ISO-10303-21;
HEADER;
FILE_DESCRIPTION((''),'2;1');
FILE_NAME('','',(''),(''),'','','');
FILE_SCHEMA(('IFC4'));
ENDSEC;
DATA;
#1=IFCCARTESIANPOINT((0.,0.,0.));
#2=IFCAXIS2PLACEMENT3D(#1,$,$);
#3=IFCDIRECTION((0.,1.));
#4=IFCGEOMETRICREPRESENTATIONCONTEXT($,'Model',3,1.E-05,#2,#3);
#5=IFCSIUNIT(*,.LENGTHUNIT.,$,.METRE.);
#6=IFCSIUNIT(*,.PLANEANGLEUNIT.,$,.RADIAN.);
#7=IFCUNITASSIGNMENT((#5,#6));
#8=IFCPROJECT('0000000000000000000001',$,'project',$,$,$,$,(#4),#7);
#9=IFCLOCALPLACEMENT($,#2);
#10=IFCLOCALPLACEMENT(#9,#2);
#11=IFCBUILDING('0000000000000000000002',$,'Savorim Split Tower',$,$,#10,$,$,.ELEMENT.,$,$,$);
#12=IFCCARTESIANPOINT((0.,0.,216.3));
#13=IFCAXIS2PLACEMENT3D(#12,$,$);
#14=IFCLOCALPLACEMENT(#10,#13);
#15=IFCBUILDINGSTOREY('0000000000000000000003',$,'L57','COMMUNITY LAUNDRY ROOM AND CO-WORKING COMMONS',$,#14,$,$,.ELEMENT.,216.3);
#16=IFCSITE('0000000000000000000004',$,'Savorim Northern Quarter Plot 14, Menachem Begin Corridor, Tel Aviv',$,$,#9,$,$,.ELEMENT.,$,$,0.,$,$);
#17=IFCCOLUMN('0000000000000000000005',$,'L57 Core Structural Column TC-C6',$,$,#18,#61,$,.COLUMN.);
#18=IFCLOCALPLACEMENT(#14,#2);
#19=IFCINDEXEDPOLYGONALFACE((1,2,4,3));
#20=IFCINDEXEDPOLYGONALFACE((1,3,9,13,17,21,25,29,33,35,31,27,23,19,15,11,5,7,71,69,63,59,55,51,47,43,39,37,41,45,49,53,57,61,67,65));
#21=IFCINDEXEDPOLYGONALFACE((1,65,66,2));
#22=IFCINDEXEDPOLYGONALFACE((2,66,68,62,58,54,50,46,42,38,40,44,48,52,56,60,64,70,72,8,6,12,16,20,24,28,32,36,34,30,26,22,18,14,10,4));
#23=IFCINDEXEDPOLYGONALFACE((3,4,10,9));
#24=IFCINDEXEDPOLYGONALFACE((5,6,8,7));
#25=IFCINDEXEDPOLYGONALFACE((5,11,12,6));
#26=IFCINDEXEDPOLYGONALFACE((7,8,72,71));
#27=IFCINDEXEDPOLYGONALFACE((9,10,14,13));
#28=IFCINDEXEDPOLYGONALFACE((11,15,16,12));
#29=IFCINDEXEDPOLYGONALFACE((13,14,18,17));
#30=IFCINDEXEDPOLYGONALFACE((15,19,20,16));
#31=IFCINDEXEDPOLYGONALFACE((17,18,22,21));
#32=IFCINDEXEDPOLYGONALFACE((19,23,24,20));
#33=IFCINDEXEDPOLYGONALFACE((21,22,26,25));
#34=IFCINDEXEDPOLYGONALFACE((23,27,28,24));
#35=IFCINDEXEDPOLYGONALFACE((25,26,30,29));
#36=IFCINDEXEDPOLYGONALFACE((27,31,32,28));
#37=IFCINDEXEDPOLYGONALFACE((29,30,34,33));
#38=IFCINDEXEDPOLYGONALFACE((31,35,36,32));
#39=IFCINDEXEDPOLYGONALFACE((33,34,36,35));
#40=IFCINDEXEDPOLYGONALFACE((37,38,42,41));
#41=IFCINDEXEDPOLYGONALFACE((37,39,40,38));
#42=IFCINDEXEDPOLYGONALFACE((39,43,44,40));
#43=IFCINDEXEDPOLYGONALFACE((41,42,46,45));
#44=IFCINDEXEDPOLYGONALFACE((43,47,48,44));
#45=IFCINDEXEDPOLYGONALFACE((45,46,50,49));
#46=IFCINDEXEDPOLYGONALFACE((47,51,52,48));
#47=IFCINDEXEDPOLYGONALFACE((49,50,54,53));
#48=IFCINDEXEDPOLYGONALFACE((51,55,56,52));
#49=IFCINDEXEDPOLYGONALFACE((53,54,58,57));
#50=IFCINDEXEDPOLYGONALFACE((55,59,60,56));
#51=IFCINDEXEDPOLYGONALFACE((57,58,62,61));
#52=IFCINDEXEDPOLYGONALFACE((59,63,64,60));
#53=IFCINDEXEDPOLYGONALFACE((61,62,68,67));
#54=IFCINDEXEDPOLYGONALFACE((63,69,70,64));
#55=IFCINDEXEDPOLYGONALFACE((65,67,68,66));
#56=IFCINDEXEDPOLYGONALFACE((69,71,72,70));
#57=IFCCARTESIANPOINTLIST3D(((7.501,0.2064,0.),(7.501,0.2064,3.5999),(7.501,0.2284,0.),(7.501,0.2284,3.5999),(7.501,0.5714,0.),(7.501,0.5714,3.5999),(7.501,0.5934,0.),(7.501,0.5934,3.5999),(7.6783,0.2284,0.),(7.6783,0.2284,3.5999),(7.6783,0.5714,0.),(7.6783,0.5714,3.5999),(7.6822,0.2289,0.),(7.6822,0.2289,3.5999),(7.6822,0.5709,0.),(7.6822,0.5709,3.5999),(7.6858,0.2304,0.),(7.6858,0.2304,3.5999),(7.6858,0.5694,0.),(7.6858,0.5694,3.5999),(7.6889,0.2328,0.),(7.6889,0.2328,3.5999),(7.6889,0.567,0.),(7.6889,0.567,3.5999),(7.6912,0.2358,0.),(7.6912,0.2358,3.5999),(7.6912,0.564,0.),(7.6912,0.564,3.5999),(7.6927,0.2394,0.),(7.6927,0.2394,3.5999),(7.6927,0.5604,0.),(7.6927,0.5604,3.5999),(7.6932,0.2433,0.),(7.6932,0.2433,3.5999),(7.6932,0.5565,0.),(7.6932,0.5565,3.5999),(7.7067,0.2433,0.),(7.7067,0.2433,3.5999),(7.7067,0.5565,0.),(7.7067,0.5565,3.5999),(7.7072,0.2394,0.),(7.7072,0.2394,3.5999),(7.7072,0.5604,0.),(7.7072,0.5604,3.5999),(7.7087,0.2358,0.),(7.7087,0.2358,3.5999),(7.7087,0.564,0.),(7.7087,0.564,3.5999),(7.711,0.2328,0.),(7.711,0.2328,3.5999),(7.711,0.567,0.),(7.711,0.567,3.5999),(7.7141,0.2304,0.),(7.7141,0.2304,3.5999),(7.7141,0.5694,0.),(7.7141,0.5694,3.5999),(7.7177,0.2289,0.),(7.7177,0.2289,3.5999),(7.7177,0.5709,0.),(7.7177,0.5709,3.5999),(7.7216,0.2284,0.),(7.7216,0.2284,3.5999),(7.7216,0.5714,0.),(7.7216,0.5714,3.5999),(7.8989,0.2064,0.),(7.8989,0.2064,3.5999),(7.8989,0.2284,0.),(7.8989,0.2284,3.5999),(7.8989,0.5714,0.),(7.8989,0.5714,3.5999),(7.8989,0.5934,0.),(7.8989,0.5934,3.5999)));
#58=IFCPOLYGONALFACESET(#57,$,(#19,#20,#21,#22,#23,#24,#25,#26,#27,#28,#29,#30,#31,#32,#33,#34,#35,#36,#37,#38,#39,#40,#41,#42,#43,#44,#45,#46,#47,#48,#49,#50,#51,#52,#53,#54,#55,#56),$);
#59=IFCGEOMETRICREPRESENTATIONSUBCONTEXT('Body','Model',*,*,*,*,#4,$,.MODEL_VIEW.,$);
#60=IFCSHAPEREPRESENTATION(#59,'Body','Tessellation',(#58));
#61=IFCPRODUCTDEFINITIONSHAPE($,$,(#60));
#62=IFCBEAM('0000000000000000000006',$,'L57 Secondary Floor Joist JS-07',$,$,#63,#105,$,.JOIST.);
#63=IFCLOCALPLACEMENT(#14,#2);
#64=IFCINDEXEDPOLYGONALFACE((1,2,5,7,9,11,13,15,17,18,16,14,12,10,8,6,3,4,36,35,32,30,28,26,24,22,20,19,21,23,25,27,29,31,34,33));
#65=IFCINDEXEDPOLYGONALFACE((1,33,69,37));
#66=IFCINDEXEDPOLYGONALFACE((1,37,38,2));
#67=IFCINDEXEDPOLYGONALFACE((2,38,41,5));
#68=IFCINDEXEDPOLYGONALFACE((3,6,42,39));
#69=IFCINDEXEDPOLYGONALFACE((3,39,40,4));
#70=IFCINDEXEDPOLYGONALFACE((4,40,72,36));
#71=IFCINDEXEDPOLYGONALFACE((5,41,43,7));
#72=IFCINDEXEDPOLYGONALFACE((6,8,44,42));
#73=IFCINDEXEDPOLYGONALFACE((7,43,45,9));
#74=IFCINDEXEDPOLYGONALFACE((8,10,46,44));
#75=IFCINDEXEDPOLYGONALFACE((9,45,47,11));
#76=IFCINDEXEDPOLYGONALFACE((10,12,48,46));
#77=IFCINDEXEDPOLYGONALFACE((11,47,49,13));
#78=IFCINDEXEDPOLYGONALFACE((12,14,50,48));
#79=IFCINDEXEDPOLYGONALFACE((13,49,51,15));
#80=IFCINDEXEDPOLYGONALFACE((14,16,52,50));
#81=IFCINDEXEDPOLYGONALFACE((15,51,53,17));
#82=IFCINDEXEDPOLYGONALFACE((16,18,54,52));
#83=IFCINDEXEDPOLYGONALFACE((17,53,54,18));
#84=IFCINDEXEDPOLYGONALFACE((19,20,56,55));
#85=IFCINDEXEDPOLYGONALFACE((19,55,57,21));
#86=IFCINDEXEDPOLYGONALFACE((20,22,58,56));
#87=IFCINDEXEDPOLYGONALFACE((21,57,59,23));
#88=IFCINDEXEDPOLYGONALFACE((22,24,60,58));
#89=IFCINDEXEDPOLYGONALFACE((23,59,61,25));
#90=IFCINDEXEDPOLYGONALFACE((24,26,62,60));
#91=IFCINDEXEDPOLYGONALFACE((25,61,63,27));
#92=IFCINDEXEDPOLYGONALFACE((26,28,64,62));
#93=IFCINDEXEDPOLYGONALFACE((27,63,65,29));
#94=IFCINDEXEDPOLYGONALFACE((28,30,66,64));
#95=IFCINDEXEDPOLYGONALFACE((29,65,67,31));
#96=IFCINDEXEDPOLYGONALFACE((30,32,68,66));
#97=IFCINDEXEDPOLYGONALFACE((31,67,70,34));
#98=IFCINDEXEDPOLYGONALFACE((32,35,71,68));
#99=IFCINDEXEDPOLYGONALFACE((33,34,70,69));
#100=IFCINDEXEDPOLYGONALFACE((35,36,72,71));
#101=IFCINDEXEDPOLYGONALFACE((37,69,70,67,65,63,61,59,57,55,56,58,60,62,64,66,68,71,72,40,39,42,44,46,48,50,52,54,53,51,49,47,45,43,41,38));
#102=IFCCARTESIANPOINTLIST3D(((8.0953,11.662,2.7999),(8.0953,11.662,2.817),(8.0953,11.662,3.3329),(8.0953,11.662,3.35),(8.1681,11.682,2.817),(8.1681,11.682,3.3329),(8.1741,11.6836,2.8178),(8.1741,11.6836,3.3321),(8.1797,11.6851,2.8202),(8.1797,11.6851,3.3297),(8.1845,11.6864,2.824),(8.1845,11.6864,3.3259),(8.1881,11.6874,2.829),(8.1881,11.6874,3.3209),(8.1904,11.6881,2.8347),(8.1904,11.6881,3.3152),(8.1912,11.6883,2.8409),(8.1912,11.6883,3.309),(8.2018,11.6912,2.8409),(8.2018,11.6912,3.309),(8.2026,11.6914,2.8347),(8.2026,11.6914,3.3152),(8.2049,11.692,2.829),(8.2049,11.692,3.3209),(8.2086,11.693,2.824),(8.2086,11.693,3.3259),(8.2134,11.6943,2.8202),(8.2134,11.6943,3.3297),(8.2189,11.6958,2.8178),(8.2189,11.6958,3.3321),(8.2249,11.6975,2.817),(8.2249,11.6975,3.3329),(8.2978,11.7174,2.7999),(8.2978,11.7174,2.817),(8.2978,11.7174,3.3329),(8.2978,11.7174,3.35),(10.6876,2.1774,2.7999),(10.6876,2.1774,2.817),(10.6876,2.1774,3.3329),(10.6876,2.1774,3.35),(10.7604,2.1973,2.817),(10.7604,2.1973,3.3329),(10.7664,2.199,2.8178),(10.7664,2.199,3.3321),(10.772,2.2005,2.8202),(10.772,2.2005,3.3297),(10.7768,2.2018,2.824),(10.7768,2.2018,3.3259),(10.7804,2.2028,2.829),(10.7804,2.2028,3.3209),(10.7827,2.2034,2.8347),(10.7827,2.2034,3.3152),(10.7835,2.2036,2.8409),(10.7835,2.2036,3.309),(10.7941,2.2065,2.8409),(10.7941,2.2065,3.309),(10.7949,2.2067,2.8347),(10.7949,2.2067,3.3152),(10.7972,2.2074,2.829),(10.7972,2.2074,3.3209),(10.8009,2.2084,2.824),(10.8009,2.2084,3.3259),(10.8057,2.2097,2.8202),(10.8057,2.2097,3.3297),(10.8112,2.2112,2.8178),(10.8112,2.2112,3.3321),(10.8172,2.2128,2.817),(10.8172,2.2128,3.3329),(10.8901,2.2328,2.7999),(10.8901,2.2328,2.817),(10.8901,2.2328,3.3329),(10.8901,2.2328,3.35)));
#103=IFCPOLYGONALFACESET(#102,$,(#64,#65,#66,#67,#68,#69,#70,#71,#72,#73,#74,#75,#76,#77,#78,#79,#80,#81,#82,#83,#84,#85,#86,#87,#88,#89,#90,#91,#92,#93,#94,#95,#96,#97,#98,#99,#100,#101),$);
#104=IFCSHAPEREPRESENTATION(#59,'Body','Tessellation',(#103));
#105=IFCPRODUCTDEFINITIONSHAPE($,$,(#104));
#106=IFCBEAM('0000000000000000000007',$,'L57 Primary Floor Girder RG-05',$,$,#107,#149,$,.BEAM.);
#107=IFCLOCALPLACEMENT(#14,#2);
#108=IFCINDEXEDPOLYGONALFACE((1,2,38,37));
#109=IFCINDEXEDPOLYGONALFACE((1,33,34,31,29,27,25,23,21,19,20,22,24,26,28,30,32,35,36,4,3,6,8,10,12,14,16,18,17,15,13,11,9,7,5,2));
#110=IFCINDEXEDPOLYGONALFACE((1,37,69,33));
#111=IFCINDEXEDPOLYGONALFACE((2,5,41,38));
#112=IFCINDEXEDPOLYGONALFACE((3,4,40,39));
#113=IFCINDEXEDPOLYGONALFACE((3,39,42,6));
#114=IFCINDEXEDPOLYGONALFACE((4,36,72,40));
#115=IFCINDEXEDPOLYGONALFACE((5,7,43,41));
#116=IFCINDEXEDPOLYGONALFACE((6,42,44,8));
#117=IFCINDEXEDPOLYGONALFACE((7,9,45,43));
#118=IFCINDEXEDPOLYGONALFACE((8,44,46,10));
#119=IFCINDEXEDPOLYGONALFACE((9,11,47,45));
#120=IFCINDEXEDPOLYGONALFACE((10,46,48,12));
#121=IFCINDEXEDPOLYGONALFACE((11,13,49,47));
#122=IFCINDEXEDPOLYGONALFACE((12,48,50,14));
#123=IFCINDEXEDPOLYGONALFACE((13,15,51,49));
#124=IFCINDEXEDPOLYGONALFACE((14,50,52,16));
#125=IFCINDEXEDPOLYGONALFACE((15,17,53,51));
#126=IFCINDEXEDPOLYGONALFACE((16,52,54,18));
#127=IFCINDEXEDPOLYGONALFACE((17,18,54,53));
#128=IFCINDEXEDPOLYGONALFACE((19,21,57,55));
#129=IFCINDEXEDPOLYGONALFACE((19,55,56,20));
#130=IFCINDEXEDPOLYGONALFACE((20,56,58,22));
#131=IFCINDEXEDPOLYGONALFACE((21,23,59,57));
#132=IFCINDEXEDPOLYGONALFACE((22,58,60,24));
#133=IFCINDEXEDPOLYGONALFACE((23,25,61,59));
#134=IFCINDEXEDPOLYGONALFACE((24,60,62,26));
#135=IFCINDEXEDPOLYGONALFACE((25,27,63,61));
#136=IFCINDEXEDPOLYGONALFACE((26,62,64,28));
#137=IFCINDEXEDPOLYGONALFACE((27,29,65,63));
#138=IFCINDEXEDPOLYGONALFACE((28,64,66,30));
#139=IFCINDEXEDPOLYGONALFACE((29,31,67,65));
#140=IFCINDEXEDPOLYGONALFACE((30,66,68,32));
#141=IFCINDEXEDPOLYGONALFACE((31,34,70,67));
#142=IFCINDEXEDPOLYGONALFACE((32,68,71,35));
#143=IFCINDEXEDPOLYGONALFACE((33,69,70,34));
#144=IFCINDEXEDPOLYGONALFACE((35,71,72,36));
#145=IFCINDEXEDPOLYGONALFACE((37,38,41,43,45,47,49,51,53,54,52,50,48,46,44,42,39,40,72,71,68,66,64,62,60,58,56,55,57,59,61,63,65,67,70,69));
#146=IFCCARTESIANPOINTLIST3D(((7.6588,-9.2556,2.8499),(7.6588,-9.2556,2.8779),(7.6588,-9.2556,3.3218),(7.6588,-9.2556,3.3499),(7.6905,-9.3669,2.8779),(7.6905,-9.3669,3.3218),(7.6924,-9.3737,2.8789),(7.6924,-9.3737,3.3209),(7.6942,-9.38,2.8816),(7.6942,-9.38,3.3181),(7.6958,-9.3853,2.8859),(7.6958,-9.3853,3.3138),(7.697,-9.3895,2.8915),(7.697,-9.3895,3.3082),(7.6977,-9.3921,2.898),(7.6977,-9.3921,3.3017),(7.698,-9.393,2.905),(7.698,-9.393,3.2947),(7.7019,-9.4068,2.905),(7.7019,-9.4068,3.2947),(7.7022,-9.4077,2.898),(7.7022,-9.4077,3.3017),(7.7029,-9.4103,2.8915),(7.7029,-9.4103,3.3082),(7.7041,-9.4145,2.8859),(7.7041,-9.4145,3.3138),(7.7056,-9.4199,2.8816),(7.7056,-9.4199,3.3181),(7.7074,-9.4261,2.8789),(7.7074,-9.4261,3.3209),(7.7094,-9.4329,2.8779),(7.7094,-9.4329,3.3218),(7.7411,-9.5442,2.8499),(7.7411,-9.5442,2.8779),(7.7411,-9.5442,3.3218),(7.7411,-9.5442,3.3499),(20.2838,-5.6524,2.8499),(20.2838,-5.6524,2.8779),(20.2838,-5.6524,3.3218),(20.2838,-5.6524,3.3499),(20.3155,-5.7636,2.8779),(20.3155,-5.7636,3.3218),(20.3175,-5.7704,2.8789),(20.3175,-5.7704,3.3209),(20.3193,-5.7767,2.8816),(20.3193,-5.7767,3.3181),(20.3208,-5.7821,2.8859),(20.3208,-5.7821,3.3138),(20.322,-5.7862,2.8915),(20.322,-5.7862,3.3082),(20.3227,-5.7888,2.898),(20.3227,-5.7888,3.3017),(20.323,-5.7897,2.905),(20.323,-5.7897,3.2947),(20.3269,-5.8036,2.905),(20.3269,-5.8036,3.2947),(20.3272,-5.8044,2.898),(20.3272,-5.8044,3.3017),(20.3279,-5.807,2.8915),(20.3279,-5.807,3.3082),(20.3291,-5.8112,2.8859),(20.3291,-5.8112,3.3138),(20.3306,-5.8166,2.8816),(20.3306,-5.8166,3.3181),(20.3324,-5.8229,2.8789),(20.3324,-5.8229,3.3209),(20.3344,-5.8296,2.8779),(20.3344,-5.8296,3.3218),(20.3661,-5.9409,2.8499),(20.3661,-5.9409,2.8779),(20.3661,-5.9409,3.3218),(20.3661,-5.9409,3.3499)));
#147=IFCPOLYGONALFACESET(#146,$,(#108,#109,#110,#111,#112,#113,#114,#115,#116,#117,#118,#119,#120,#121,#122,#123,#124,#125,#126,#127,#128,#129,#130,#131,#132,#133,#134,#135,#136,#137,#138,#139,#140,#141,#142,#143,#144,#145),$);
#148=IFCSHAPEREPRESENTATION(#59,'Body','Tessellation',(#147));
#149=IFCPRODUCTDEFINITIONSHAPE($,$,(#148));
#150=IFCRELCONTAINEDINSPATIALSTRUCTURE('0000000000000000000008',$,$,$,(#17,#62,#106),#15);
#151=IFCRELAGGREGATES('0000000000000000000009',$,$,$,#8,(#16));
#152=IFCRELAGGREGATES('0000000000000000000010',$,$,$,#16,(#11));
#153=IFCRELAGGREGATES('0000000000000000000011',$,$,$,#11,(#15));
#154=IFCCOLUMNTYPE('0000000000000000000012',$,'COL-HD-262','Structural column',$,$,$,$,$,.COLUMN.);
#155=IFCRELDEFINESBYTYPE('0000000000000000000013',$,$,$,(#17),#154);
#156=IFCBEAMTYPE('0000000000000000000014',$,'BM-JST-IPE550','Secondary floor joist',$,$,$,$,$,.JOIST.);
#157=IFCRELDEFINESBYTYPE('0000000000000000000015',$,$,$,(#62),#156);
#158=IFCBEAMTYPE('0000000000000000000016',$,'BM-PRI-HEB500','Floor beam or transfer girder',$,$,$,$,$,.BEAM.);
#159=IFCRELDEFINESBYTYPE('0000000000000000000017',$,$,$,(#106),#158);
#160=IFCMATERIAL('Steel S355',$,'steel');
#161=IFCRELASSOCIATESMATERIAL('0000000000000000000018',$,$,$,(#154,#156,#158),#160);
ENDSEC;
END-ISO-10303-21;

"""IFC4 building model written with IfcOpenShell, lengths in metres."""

from ifc_helpers import new_model, si_unit, direction, frame, origin, origin_2d, place, context, subcontext, project, spatial, i_section, extrude, material, material_profile, profile_set, type_object, element, save


model = new_model("IFC4")

# Units and contexts
model_context = context("Model", 3, precision=1e-05, world=origin(), true_north=direction((0.0, 1.0)))
body_context = subcontext(model_context, "Body", "Model", "MODEL_VIEW")
ifc_project = project(units=[si_unit("LENGTHUNIT", "METRE"), si_unit("PLANEANGLEUNIT", "RADIAN")], contexts=[model_context])

# Site, building, storey
site_placement = place(None, origin())
site = spatial("IfcSite", under=ifc_project, at=site_placement, Name="Savorim Northern Quarter Plot 14, Menachem Begin Corridor, Tel Aviv", CompositionType="ELEMENT", RefElevation=0.0)
building_placement = place(site_placement, origin())
building = spatial("IfcBuilding", under=site, at=building_placement, Name="Savorim Split Tower", CompositionType="ELEMENT")
storey_placement = place(building_placement, frame((0.0, 0.0, 216.3)))
storey = spatial("IfcBuildingStorey", under=building, at=storey_placement, Name="L57", Description="COMMUNITY LAUNDRY ROOM AND CO-WORKING COMMONS", CompositionType="ELEMENT", Elevation=216.3)

# Column
ifc_material_1 = material(Name="Steel S355", Category="steel")
ifc_material_profile_1 = material_profile(ifc_material_1, i_section(OverallWidth=0.3979, OverallDepth=0.387, WebThickness=0.0134, FlangeThickness=0.022, FilletRadius=0.0149, at=origin_2d()), Name="HD 400x262")
ifc_profile_set_1 = profile_set([ifc_material_profile_1], Name="Steel S355")
column_type = type_object("IfcColumnType", Name="COL-HD-262", Description="Structural column", PredefinedType="COLUMN", material=ifc_profile_set_1)
column_placement = place(storey_placement, frame((7.7, 0.3999, 0.0), z_axis=(0.0, 0.0, 1.0), x_axis=(1.0, 0.0, 0.0)))
element("IfcColumn", 1, at=column_placement, inside=storey, type_object=column_type, Name="L57 Core Structural Column TC-C6", PredefinedType="COLUMN", context=body_context, shape_type="SweptSolid", body=[
    extrude(i_section(OverallWidth=0.3979, OverallDepth=0.387, WebThickness=0.0134, FlangeThickness=0.022, FilletRadius=0.0149, at=origin_2d()), origin(), (0.0, 0.0, 1.0), 3.5999),
])

# Beams
ifc_material_profile_2 = material_profile(ifc_material_1, i_section(OverallWidth=0.21, OverallDepth=0.55, WebThickness=0.011, FlangeThickness=0.0171, FilletRadius=0.0239, at=origin_2d()), Name="IPE 550")
ifc_profile_set_2 = profile_set([ifc_material_profile_2], Name="Steel S355")
beam_type_1 = type_object("IfcBeamType", Name="BM-JST-IPE550", Description="Secondary floor joist", PredefinedType="JOIST", material=ifc_profile_set_2)
beam_1_placement = place(storey_placement, frame((10.7888, 2.2051, 3.075), z_axis=(-0.263645, 0.96462, 0.0), x_axis=(-0.96462, -0.263645, 0.0)))
element("IfcBeam", 2, at=beam_1_placement, inside=storey, type_object=beam_type_1, Name="L57 Secondary Floor Joist JS-07", PredefinedType="JOIST", context=body_context, shape_type="SweptSolid", body=[
    extrude(i_section(OverallWidth=0.21, OverallDepth=0.55, WebThickness=0.011, FlangeThickness=0.0171, FilletRadius=0.0239, at=origin_2d()), origin(), (0.0, 0.0, 1.0), 9.8325),
])
ifc_material_profile_3 = material_profile(ifc_material_1, i_section(OverallWidth=0.3, OverallDepth=0.5, WebThickness=0.0144, FlangeThickness=0.0281, FilletRadius=0.0271, at=origin_2d()), Name="HEB 500")
ifc_profile_set_3 = profile_set([ifc_material_profile_3], Name="Steel S355")
beam_type_2 = type_object("IfcBeamType", Name="BM-PRI-HEB500", Description="Floor beam or transfer girder", PredefinedType="BEAM", material=ifc_profile_set_3)
beam_2_placement = place(storey_placement, frame((20.325, -5.7966, 3.0999), z_axis=(-0.961602, -0.274449, 0.0), x_axis=(0.274449, -0.961602, 0.0)))
element("IfcBeam", 3, at=beam_2_placement, inside=storey, type_object=beam_type_2, Name="L57 Primary Floor Girder RG-05", PredefinedType="BEAM", context=body_context, shape_type="SweptSolid", body=[
    extrude(i_section(OverallWidth=0.3, OverallDepth=0.5, WebThickness=0.0144, FlangeThickness=0.0281, FilletRadius=0.0271, at=origin_2d()), origin(), (0.0, 0.0, 1.0), 13.1292),
])

save(model, "model.ifc")
